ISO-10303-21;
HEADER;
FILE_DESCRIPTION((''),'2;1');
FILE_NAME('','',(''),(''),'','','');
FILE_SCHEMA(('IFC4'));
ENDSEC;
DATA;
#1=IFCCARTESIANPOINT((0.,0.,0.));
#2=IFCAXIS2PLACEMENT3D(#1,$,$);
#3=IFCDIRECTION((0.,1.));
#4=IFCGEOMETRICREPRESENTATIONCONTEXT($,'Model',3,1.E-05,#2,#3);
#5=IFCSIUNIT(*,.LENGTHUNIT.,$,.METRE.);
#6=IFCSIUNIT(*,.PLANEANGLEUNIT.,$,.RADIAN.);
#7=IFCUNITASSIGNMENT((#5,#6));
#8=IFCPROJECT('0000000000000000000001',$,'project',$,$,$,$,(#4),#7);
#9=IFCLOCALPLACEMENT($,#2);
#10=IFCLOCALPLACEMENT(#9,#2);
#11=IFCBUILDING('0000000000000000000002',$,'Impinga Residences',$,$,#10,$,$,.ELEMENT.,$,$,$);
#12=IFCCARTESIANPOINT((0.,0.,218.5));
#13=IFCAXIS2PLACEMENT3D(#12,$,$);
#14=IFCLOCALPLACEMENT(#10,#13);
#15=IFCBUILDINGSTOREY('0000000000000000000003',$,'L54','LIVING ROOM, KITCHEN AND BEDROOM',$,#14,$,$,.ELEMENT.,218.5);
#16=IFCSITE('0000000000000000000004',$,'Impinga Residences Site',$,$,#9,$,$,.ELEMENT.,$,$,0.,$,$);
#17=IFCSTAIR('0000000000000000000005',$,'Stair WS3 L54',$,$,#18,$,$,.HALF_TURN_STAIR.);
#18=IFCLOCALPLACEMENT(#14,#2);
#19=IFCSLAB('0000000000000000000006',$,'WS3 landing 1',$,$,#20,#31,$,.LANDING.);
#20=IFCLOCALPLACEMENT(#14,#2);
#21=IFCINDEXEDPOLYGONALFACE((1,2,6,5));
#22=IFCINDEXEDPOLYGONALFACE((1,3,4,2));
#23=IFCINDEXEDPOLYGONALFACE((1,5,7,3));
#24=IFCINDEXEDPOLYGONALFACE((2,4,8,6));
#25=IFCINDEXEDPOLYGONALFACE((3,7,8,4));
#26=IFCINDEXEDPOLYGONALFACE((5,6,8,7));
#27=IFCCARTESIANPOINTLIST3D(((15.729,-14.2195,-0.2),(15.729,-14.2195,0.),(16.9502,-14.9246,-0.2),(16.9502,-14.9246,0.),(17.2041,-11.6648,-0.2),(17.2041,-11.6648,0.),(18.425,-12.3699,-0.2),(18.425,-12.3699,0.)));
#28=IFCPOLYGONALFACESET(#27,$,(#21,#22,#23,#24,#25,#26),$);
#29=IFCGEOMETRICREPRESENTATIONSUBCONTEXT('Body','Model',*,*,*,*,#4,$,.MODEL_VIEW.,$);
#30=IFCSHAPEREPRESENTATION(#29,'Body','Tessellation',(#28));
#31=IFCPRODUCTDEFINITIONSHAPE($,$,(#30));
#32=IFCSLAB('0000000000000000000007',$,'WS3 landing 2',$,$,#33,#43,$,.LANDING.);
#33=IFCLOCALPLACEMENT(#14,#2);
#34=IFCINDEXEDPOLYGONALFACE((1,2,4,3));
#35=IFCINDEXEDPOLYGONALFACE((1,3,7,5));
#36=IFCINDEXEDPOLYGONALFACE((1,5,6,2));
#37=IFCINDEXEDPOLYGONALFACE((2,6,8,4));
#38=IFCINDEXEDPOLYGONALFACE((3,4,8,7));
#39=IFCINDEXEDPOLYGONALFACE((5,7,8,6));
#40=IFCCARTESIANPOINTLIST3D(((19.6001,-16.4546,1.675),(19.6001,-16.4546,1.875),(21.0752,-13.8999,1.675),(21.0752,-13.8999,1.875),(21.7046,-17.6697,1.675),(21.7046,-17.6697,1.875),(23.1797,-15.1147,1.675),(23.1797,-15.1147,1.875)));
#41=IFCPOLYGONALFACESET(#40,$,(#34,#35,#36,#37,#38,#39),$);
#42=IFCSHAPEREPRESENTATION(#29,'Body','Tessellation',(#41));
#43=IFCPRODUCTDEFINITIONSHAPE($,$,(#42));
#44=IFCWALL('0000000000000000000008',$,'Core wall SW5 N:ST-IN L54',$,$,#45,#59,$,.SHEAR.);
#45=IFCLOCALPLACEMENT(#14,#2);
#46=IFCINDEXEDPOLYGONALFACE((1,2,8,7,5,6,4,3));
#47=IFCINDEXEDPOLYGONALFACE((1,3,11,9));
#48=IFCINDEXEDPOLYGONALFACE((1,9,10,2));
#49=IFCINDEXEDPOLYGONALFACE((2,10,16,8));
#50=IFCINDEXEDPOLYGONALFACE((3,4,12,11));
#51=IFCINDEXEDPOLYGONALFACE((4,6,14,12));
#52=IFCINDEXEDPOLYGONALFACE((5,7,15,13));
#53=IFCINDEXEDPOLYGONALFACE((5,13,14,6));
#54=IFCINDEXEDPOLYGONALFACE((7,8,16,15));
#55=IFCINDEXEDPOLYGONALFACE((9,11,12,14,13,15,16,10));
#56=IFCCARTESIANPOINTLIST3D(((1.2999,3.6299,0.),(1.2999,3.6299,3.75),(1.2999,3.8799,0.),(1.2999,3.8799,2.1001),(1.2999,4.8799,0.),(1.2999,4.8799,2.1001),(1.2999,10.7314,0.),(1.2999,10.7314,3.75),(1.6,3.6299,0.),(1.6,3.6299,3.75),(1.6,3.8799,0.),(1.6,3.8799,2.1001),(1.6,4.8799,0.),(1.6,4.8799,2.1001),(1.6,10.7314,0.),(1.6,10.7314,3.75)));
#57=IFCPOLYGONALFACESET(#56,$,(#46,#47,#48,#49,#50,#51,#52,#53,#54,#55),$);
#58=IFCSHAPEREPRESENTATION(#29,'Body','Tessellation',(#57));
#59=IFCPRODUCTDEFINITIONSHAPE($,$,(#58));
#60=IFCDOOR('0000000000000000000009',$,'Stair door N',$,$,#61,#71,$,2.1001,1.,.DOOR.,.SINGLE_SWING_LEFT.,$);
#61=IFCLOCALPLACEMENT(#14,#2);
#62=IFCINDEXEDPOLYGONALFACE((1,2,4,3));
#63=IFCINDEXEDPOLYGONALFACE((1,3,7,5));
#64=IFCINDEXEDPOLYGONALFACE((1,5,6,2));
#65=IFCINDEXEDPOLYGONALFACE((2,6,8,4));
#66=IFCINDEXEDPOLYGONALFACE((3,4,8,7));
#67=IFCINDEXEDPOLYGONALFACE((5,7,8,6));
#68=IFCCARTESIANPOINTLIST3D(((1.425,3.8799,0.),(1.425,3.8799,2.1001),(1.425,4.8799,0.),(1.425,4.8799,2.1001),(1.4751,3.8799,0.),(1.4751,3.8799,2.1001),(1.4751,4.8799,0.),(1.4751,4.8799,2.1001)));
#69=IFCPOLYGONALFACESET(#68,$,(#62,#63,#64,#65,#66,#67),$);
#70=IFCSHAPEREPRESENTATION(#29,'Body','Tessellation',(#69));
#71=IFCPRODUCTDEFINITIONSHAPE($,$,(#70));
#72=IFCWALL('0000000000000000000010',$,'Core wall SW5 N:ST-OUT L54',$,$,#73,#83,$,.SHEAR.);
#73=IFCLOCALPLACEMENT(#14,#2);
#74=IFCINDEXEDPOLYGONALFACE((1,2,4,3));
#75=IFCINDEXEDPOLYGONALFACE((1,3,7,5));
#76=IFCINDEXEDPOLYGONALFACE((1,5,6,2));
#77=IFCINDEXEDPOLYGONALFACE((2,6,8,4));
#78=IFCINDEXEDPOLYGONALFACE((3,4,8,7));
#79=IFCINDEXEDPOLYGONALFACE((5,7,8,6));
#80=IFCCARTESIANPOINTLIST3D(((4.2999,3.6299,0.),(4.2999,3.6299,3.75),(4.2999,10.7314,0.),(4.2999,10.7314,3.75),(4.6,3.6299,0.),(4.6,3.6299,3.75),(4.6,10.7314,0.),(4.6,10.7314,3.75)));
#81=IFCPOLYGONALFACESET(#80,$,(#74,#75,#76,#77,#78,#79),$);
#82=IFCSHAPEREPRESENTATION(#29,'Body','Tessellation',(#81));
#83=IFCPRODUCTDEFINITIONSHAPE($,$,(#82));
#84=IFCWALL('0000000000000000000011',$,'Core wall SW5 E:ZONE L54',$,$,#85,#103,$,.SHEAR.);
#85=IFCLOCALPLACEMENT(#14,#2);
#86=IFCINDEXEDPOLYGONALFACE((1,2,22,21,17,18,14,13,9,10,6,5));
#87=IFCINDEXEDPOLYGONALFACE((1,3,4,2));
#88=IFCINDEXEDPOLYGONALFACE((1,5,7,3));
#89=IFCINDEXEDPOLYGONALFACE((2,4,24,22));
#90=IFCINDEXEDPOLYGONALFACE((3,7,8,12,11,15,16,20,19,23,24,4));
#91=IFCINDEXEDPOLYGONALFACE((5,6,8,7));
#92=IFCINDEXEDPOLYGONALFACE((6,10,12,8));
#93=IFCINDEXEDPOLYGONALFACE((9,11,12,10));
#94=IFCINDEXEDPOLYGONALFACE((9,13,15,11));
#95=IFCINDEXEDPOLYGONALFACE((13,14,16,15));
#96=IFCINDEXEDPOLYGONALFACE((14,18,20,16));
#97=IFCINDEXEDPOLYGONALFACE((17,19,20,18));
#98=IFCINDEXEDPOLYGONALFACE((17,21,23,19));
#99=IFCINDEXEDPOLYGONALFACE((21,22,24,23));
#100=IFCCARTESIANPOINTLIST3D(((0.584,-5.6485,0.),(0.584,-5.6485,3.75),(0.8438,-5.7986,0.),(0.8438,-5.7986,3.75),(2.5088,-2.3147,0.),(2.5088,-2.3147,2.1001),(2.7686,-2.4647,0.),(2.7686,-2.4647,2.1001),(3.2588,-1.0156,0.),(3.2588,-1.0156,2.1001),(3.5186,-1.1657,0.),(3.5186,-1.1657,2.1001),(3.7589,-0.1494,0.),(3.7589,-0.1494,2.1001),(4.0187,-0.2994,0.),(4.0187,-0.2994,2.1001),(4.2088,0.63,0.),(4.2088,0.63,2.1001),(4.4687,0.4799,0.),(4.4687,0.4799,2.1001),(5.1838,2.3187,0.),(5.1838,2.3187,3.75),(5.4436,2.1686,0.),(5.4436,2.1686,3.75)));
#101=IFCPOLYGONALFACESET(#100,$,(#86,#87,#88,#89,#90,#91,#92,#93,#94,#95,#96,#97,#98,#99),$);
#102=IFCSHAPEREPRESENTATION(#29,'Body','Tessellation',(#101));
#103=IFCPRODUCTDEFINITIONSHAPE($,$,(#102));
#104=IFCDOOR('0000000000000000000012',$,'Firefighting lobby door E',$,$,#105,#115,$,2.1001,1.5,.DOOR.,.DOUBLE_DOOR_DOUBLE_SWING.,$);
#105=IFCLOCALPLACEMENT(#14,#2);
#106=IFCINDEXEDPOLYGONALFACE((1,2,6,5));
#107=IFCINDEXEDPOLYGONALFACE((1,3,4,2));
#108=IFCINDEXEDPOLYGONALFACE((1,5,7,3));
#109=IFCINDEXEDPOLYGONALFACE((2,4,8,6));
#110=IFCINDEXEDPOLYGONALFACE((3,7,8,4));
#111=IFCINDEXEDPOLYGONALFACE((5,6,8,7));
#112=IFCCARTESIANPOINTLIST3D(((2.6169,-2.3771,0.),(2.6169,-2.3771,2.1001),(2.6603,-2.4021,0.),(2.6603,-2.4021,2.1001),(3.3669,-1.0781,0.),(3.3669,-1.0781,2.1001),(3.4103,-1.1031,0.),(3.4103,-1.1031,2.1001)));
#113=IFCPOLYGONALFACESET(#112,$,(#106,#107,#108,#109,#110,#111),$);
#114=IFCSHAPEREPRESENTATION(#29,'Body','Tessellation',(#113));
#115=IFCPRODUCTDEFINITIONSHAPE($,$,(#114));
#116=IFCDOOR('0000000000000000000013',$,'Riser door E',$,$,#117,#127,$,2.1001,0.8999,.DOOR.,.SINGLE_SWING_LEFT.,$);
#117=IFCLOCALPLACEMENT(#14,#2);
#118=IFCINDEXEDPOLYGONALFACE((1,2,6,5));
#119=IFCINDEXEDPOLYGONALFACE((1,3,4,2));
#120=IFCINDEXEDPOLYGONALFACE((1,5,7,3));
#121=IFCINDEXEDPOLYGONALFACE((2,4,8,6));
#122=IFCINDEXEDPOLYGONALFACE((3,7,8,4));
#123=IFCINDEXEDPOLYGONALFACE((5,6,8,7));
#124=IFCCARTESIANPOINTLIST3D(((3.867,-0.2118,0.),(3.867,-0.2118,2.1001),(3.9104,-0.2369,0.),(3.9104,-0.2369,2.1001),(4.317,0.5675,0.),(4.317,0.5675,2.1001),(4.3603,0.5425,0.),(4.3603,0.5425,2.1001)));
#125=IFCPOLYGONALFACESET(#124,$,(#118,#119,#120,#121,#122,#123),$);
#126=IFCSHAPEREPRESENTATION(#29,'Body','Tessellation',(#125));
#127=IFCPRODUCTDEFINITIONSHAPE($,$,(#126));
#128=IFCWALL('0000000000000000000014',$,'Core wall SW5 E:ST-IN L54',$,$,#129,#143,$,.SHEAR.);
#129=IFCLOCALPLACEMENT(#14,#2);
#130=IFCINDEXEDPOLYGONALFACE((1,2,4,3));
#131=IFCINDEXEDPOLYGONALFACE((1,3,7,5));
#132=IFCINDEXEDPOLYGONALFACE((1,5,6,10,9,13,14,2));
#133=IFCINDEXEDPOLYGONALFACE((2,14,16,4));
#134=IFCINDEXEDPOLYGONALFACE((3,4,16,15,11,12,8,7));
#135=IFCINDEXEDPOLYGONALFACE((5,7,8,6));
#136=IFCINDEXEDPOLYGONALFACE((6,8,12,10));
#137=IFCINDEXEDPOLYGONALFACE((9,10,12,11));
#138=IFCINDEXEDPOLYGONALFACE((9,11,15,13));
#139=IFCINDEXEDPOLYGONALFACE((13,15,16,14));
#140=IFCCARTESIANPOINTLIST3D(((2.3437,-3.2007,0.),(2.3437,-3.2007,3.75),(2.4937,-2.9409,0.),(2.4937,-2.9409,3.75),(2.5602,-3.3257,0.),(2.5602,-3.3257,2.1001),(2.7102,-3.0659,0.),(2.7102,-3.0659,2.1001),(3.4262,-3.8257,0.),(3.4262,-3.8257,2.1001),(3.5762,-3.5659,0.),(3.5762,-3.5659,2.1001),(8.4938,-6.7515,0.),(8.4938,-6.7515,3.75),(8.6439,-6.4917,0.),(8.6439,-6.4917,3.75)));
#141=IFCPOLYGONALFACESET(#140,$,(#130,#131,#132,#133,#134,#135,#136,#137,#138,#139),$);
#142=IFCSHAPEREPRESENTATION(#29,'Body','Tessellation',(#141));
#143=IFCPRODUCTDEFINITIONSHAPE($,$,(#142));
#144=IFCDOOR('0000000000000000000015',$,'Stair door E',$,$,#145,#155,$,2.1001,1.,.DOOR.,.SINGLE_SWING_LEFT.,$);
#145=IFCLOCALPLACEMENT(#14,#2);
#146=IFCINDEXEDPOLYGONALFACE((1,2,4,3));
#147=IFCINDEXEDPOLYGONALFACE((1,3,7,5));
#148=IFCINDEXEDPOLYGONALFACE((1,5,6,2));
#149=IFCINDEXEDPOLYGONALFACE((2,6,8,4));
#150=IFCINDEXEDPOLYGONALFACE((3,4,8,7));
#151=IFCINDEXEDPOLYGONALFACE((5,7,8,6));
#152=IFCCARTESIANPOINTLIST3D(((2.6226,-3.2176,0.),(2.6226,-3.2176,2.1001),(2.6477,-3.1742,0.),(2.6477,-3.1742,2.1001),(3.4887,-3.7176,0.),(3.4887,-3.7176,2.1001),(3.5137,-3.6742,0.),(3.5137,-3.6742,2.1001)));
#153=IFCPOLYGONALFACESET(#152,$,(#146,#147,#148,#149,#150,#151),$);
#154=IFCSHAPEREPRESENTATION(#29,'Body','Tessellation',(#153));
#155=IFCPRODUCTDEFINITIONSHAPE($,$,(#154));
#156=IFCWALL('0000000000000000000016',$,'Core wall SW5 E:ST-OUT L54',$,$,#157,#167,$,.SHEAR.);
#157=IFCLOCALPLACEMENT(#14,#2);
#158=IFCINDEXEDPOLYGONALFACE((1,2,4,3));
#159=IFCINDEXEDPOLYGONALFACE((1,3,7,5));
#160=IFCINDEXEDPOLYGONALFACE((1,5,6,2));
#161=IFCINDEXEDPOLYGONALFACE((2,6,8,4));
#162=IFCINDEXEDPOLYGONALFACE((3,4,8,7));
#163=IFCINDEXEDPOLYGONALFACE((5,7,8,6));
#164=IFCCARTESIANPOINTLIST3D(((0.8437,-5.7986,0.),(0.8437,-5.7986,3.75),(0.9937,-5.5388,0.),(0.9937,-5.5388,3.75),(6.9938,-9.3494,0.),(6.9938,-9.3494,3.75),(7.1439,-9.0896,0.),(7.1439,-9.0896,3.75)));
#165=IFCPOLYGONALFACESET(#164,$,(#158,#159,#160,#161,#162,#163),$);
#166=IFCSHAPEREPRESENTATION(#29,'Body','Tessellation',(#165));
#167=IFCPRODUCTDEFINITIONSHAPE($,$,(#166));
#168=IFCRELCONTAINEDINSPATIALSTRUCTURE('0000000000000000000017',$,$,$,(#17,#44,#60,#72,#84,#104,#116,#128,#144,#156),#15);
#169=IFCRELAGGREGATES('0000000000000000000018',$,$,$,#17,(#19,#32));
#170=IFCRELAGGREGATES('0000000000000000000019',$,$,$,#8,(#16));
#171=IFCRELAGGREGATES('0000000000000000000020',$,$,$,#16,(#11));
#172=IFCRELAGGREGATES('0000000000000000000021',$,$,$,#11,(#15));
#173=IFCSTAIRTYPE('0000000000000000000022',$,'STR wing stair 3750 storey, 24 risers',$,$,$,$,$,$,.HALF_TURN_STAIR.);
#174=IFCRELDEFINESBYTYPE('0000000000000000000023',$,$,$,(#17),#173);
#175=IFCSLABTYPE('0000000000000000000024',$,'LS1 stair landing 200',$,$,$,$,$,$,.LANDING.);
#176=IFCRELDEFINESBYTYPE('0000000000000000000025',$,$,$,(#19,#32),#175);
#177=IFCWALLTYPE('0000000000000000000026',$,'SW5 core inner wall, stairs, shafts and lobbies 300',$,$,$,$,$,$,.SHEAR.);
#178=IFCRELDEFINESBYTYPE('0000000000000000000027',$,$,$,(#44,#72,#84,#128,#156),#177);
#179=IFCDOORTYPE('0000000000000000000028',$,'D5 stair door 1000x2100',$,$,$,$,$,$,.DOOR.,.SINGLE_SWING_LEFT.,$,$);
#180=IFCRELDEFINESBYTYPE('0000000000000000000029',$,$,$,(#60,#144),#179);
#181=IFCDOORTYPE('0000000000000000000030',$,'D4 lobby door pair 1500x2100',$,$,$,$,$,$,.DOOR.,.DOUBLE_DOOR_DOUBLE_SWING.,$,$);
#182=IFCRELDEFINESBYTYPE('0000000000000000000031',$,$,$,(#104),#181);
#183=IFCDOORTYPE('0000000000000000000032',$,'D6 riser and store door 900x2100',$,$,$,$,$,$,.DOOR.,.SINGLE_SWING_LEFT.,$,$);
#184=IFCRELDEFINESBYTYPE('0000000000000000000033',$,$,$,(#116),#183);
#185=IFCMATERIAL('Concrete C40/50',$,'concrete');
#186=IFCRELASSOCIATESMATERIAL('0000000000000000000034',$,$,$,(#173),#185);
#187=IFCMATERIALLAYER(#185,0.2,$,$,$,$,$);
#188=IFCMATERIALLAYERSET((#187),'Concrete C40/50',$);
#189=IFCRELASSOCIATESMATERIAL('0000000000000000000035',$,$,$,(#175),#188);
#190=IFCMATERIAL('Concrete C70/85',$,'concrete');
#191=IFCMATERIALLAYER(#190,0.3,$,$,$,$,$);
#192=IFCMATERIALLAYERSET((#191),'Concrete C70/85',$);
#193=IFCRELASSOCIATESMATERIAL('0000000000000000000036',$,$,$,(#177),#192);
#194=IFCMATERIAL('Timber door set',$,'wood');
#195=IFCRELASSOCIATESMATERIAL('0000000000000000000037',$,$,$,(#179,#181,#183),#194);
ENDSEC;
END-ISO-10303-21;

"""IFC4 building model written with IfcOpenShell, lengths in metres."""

from ifc_helpers import new_model, si_unit, direction, frame, frame_2d, origin, place, context, subcontext, project, spatial, polyline, rectangle, outline, extrude, material, layer, layer_set, type_object, element, fill, aggregate, save


model = new_model("IFC4")

# Units and contexts
model_context = context("Model", 3, precision=1e-05, world=origin(), true_north=direction((0.0, 1.0)))
body_context = subcontext(model_context, "Body", "Model", "MODEL_VIEW")
ifc_project = project(units=[si_unit("LENGTHUNIT", "METRE"), si_unit("PLANEANGLEUNIT", "RADIAN")], contexts=[model_context])

# Site, building, storey
site_placement = place(None, origin())
site = spatial("IfcSite", under=ifc_project, at=site_placement, Name="Impinga Residences Site", CompositionType="ELEMENT", RefElevation=0.0)
building_placement = place(site_placement, origin())
building = spatial("IfcBuilding", under=site, at=building_placement, Name="Impinga Residences", CompositionType="ELEMENT")
storey_placement = place(building_placement, frame((0.0, 0.0, 218.5)))
storey = spatial("IfcBuildingStorey", under=building, at=storey_placement, Name="L54", Description="LIVING ROOM, KITCHEN AND BEDROOM", CompositionType="ELEMENT", Elevation=218.5)

# Stair, slabs
ifc_material_1 = material(Name="Concrete C40/50", Category="concrete")
stair_type_1 = type_object("IfcStairType", Name="STR wing stair 3750 storey, 24 risers", PredefinedType="HALF_TURN_STAIR", material=ifc_material_1)
stair_1_placement = place(storey_placement, origin())
stair_1 = element("IfcStair", 1, at=stair_1_placement, inside=storey, type_object=stair_type_1, Name="Stair WS3 L54", PredefinedType="HALF_TURN_STAIR")
ifc_layer_1 = layer(ifc_material_1, 0.2)
ifc_layer_set_1 = layer_set([ifc_layer_1], Name="Concrete C40/50")
slab_type = type_object("IfcSlabType", Name="LS1 stair landing 200", PredefinedType="LANDING", material=ifc_layer_set_1)
slab_1_placement = place(storey_placement, frame((0.0, 0.0, -0.2)))
slab_1 = element("IfcSlab", 2, at=slab_1_placement, type_object=slab_type, Name="WS3 landing 1", PredefinedType="LANDING", context=body_context, shape_type="SweptSolid", body=[
    extrude(outline(polyline([(17.2041, -11.6648), (15.729, -14.2195), (16.9502, -14.9246), (18.425, -12.3699), (17.2041, -11.6648)])), origin(), (0.0, 0.0, 1.0), 0.2),
])
slab_2_placement = place(storey_placement, frame((0.0, 0.0, 1.675)))
slab_2 = element("IfcSlab", 3, at=slab_2_placement, type_object=slab_type, Name="WS3 landing 2", PredefinedType="LANDING", context=body_context, shape_type="SweptSolid", body=[
    extrude(outline(polyline([(21.0752, -13.8999), (19.6001, -16.4546), (21.7046, -17.6697), (23.1797, -15.1147), (21.0752, -13.8999)])), origin(), (0.0, 0.0, 1.0), 0.2),
])
aggregate(stair_1, [slab_1, slab_2])

# Wall, opening, door
ifc_material_2 = material(Name="Concrete C70/85", Category="concrete")
ifc_layer_2 = layer(ifc_material_2, 0.3)
ifc_layer_set_2 = layer_set([ifc_layer_2], Name="Concrete C70/85")
wall_type = type_object("IfcWallType", Name="SW5 core inner wall, stairs, shafts and lobbies 300", PredefinedType="SHEAR", material=ifc_layer_set_2)
wall_1_placement = place(storey_placement, frame((1.45, 3.6299, 0.0), z_axis=(0.0, 0.0, 1.0), x_axis=(0.0, 1.0, 0.0)))
wall_1 = element("IfcWall", 4, at=wall_1_placement, inside=storey, type_object=wall_type, Name="Core wall SW5 N:ST-IN L54", PredefinedType="SHEAR", context=body_context, shape_type="SweptSolid", body=[
    extrude(rectangle(XDim=7.1016, YDim=0.3, at=frame_2d((3.5508, 0.0))), origin(), (0.0, 0.0, 1.0), 3.75),
])
opening_1_placement = place(wall_1_placement, frame((0.25, 0.0, 0.0)))
opening_1 = element("IfcOpeningElement", 5, at=opening_1_placement, cuts=wall_1, PredefinedType="OPENING", context=body_context, shape_type="SweptSolid", body=[
    extrude(rectangle(XDim=1.0, YDim=2.1001, at=frame_2d((0.5, 1.05))), frame((0.0, 0.1599, 0.0), z_axis=(0.0, -1.0, 0.0), x_axis=(1.0, 0.0, 0.0)), (0.0, 0.0, 1.0), 0.3201),
])
ifc_material_3 = material(Name="Timber door set", Category="wood")
door_type_1 = type_object("IfcDoorType", Name="D5 stair door 1000x2100", OperationType="SINGLE_SWING_LEFT", PredefinedType="DOOR", material=ifc_material_3)
door_1_placement = place(opening_1_placement, origin())
door_1 = element("IfcDoor", 6, at=door_1_placement, inside=storey, type_object=door_type_1, Name="Stair door N", OperationType="SINGLE_SWING_LEFT", OverallHeight=2.1001, OverallWidth=1.0, PredefinedType="DOOR", context=body_context, shape_type="SweptSolid", body=[
    extrude(rectangle(XDim=1.0, YDim=2.1001, at=frame_2d((0.5, 1.05))), frame((0.0, 0.0249, 0.0), z_axis=(0.0, -1.0, 0.0), x_axis=(1.0, 0.0, 0.0)), (0.0, 0.0, 1.0), 0.05),
])
fill(opening_1, door_1)

# Wall
wall_2_placement = place(storey_placement, frame((4.45, 3.6299, 0.0), z_axis=(0.0, 0.0, 1.0), x_axis=(0.0, 1.0, 0.0)))
element("IfcWall", 7, at=wall_2_placement, inside=storey, type_object=wall_type, Name="Core wall SW5 N:ST-OUT L54", PredefinedType="SHEAR", context=body_context, shape_type="SweptSolid", body=[
    extrude(rectangle(XDim=7.1016, YDim=0.3, at=frame_2d((3.5508, 0.0))), origin(), (0.0, 0.0, 1.0), 3.75),
])

# Wall, openings, doors
wall_3_placement = place(storey_placement, frame((5.3137, 2.2437, 0.0), z_axis=(0.0, 0.0, 1.0), x_axis=(-0.499995, -0.866028, 0.0)))
wall_3 = element("IfcWall", 8, at=wall_3_placement, inside=storey, type_object=wall_type, Name="Core wall SW5 E:ZONE L54", PredefinedType="SHEAR", context=body_context, shape_type="SweptSolid", body=[
    extrude(rectangle(XDim=9.1997, YDim=0.3, at=frame_2d((4.5999, 0.0))), origin(), (0.0, 0.0, 1.0), 3.75),
])
opening_2_placement = place(wall_3_placement, frame((3.8501, 0.0, 0.0)))
opening_2 = element("IfcOpeningElement", 9, at=opening_2_placement, cuts=wall_3, PredefinedType="OPENING", context=body_context, shape_type="SweptSolid", body=[
    extrude(rectangle(XDim=1.5, YDim=2.1001, at=frame_2d((0.75, 1.05))), frame((0.0, 0.1599, 0.0), z_axis=(0.0, -1.0, 0.0), x_axis=(1.0, 0.0, 0.0)), (0.0, 0.0, 1.0), 0.3201),
])
opening_3_placement = place(wall_3_placement, frame((1.95, 0.0, 0.0)))
opening_3 = element("IfcOpeningElement", 10, at=opening_3_placement, cuts=wall_3, PredefinedType="OPENING", context=body_context, shape_type="SweptSolid", body=[
    extrude(rectangle(XDim=0.8999, YDim=2.1001, at=frame_2d((0.45, 1.05))), frame((0.0, 0.1599, 0.0), z_axis=(0.0, -1.0, 0.0), x_axis=(1.0, 0.0, 0.0)), (0.0, 0.0, 1.0), 0.3201),
])
door_type_2 = type_object("IfcDoorType", Name="D4 lobby door pair 1500x2100", OperationType="DOUBLE_DOOR_DOUBLE_SWING", PredefinedType="DOOR", material=ifc_material_3)
door_2_placement = place(opening_2_placement, origin())
door_2 = element("IfcDoor", 11, at=door_2_placement, inside=storey, type_object=door_type_2, Name="Firefighting lobby door E", OperationType="DOUBLE_DOOR_DOUBLE_SWING", OverallHeight=2.1001, OverallWidth=1.5, PredefinedType="DOOR", context=body_context, shape_type="SweptSolid", body=[
    extrude(rectangle(XDim=1.5, YDim=2.1001, at=frame_2d((0.75, 1.05))), frame((0.0, 0.0249, 0.0), z_axis=(0.0, -1.0, 0.0), x_axis=(1.0, 0.0, 0.0)), (0.0, 0.0, 1.0), 0.05),
])
fill(opening_2, door_2)
door_type_3 = type_object("IfcDoorType", Name="D6 riser and store door 900x2100", OperationType="SINGLE_SWING_LEFT", PredefinedType="DOOR", material=ifc_material_3)
door_3_placement = place(opening_3_placement, origin())
door_3 = element("IfcDoor", 12, at=door_3_placement, inside=storey, type_object=door_type_3, Name="Riser door E", OperationType="SINGLE_SWING_LEFT", OverallHeight=2.1001, OverallWidth=0.8999, PredefinedType="DOOR", context=body_context, shape_type="SweptSolid", body=[
    extrude(rectangle(XDim=0.8999, YDim=2.1001, at=frame_2d((0.45, 1.05))), frame((0.0, 0.0249, 0.0), z_axis=(0.0, -1.0, 0.0), x_axis=(1.0, 0.0, 0.0)), (0.0, 0.0, 1.0), 0.05),
])
fill(opening_3, door_3)

# Wall, opening, door
wall_4_placement = place(storey_placement, frame((2.4187, -3.0708, 0.0), z_axis=(0.0, 0.0, 1.0), x_axis=(0.866026, -0.499999, 0.0)))
wall_4 = element("IfcWall", 13, at=wall_4_placement, inside=storey, type_object=wall_type, Name="Core wall SW5 E:ST-IN L54", PredefinedType="SHEAR", context=body_context, shape_type="SweptSolid", body=[
    extrude(rectangle(XDim=7.1016, YDim=0.3, at=frame_2d((3.5508, 0.0))), origin(), (0.0, 0.0, 1.0), 3.75),
])
opening_4_placement = place(wall_4_placement, frame((0.25, 0.0, 0.0)))
opening_4 = element("IfcOpeningElement", 14, at=opening_4_placement, cuts=wall_4, PredefinedType="OPENING", context=body_context, shape_type="SweptSolid", body=[
    extrude(rectangle(XDim=1.0, YDim=2.1001, at=frame_2d((0.5, 1.05))), frame((0.0, 0.1599, 0.0), z_axis=(0.0, -1.0, 0.0), x_axis=(1.0, 0.0, 0.0)), (0.0, 0.0, 1.0), 0.3201),
])
door_4_placement = place(opening_4_placement, origin())
door_4 = element("IfcDoor", 15, at=door_4_placement, inside=storey, type_object=door_type_1, Name="Stair door E", OperationType="SINGLE_SWING_LEFT", OverallHeight=2.1001, OverallWidth=1.0, PredefinedType="DOOR", context=body_context, shape_type="SweptSolid", body=[
    extrude(rectangle(XDim=1.0, YDim=2.1001, at=frame_2d((0.5, 1.05))), frame((0.0, 0.0249, 0.0), z_axis=(0.0, -1.0, 0.0), x_axis=(1.0, 0.0, 0.0)), (0.0, 0.0, 1.0), 0.05),
])
fill(opening_4, door_4)

# Wall
wall_5_placement = place(storey_placement, frame((0.9187, -5.6687, 0.0), z_axis=(0.0, 0.0, 1.0), x_axis=(0.866026, -0.499999, 0.0)))
element("IfcWall", 16, at=wall_5_placement, inside=storey, type_object=wall_type, Name="Core wall SW5 E:ST-OUT L54", PredefinedType="SHEAR", context=body_context, shape_type="SweptSolid", body=[
    extrude(rectangle(XDim=7.1016, YDim=0.3, at=frame_2d((3.5508, 0.0))), origin(), (0.0, 0.0, 1.0), 3.75),
])

save(model, "model.ifc")
